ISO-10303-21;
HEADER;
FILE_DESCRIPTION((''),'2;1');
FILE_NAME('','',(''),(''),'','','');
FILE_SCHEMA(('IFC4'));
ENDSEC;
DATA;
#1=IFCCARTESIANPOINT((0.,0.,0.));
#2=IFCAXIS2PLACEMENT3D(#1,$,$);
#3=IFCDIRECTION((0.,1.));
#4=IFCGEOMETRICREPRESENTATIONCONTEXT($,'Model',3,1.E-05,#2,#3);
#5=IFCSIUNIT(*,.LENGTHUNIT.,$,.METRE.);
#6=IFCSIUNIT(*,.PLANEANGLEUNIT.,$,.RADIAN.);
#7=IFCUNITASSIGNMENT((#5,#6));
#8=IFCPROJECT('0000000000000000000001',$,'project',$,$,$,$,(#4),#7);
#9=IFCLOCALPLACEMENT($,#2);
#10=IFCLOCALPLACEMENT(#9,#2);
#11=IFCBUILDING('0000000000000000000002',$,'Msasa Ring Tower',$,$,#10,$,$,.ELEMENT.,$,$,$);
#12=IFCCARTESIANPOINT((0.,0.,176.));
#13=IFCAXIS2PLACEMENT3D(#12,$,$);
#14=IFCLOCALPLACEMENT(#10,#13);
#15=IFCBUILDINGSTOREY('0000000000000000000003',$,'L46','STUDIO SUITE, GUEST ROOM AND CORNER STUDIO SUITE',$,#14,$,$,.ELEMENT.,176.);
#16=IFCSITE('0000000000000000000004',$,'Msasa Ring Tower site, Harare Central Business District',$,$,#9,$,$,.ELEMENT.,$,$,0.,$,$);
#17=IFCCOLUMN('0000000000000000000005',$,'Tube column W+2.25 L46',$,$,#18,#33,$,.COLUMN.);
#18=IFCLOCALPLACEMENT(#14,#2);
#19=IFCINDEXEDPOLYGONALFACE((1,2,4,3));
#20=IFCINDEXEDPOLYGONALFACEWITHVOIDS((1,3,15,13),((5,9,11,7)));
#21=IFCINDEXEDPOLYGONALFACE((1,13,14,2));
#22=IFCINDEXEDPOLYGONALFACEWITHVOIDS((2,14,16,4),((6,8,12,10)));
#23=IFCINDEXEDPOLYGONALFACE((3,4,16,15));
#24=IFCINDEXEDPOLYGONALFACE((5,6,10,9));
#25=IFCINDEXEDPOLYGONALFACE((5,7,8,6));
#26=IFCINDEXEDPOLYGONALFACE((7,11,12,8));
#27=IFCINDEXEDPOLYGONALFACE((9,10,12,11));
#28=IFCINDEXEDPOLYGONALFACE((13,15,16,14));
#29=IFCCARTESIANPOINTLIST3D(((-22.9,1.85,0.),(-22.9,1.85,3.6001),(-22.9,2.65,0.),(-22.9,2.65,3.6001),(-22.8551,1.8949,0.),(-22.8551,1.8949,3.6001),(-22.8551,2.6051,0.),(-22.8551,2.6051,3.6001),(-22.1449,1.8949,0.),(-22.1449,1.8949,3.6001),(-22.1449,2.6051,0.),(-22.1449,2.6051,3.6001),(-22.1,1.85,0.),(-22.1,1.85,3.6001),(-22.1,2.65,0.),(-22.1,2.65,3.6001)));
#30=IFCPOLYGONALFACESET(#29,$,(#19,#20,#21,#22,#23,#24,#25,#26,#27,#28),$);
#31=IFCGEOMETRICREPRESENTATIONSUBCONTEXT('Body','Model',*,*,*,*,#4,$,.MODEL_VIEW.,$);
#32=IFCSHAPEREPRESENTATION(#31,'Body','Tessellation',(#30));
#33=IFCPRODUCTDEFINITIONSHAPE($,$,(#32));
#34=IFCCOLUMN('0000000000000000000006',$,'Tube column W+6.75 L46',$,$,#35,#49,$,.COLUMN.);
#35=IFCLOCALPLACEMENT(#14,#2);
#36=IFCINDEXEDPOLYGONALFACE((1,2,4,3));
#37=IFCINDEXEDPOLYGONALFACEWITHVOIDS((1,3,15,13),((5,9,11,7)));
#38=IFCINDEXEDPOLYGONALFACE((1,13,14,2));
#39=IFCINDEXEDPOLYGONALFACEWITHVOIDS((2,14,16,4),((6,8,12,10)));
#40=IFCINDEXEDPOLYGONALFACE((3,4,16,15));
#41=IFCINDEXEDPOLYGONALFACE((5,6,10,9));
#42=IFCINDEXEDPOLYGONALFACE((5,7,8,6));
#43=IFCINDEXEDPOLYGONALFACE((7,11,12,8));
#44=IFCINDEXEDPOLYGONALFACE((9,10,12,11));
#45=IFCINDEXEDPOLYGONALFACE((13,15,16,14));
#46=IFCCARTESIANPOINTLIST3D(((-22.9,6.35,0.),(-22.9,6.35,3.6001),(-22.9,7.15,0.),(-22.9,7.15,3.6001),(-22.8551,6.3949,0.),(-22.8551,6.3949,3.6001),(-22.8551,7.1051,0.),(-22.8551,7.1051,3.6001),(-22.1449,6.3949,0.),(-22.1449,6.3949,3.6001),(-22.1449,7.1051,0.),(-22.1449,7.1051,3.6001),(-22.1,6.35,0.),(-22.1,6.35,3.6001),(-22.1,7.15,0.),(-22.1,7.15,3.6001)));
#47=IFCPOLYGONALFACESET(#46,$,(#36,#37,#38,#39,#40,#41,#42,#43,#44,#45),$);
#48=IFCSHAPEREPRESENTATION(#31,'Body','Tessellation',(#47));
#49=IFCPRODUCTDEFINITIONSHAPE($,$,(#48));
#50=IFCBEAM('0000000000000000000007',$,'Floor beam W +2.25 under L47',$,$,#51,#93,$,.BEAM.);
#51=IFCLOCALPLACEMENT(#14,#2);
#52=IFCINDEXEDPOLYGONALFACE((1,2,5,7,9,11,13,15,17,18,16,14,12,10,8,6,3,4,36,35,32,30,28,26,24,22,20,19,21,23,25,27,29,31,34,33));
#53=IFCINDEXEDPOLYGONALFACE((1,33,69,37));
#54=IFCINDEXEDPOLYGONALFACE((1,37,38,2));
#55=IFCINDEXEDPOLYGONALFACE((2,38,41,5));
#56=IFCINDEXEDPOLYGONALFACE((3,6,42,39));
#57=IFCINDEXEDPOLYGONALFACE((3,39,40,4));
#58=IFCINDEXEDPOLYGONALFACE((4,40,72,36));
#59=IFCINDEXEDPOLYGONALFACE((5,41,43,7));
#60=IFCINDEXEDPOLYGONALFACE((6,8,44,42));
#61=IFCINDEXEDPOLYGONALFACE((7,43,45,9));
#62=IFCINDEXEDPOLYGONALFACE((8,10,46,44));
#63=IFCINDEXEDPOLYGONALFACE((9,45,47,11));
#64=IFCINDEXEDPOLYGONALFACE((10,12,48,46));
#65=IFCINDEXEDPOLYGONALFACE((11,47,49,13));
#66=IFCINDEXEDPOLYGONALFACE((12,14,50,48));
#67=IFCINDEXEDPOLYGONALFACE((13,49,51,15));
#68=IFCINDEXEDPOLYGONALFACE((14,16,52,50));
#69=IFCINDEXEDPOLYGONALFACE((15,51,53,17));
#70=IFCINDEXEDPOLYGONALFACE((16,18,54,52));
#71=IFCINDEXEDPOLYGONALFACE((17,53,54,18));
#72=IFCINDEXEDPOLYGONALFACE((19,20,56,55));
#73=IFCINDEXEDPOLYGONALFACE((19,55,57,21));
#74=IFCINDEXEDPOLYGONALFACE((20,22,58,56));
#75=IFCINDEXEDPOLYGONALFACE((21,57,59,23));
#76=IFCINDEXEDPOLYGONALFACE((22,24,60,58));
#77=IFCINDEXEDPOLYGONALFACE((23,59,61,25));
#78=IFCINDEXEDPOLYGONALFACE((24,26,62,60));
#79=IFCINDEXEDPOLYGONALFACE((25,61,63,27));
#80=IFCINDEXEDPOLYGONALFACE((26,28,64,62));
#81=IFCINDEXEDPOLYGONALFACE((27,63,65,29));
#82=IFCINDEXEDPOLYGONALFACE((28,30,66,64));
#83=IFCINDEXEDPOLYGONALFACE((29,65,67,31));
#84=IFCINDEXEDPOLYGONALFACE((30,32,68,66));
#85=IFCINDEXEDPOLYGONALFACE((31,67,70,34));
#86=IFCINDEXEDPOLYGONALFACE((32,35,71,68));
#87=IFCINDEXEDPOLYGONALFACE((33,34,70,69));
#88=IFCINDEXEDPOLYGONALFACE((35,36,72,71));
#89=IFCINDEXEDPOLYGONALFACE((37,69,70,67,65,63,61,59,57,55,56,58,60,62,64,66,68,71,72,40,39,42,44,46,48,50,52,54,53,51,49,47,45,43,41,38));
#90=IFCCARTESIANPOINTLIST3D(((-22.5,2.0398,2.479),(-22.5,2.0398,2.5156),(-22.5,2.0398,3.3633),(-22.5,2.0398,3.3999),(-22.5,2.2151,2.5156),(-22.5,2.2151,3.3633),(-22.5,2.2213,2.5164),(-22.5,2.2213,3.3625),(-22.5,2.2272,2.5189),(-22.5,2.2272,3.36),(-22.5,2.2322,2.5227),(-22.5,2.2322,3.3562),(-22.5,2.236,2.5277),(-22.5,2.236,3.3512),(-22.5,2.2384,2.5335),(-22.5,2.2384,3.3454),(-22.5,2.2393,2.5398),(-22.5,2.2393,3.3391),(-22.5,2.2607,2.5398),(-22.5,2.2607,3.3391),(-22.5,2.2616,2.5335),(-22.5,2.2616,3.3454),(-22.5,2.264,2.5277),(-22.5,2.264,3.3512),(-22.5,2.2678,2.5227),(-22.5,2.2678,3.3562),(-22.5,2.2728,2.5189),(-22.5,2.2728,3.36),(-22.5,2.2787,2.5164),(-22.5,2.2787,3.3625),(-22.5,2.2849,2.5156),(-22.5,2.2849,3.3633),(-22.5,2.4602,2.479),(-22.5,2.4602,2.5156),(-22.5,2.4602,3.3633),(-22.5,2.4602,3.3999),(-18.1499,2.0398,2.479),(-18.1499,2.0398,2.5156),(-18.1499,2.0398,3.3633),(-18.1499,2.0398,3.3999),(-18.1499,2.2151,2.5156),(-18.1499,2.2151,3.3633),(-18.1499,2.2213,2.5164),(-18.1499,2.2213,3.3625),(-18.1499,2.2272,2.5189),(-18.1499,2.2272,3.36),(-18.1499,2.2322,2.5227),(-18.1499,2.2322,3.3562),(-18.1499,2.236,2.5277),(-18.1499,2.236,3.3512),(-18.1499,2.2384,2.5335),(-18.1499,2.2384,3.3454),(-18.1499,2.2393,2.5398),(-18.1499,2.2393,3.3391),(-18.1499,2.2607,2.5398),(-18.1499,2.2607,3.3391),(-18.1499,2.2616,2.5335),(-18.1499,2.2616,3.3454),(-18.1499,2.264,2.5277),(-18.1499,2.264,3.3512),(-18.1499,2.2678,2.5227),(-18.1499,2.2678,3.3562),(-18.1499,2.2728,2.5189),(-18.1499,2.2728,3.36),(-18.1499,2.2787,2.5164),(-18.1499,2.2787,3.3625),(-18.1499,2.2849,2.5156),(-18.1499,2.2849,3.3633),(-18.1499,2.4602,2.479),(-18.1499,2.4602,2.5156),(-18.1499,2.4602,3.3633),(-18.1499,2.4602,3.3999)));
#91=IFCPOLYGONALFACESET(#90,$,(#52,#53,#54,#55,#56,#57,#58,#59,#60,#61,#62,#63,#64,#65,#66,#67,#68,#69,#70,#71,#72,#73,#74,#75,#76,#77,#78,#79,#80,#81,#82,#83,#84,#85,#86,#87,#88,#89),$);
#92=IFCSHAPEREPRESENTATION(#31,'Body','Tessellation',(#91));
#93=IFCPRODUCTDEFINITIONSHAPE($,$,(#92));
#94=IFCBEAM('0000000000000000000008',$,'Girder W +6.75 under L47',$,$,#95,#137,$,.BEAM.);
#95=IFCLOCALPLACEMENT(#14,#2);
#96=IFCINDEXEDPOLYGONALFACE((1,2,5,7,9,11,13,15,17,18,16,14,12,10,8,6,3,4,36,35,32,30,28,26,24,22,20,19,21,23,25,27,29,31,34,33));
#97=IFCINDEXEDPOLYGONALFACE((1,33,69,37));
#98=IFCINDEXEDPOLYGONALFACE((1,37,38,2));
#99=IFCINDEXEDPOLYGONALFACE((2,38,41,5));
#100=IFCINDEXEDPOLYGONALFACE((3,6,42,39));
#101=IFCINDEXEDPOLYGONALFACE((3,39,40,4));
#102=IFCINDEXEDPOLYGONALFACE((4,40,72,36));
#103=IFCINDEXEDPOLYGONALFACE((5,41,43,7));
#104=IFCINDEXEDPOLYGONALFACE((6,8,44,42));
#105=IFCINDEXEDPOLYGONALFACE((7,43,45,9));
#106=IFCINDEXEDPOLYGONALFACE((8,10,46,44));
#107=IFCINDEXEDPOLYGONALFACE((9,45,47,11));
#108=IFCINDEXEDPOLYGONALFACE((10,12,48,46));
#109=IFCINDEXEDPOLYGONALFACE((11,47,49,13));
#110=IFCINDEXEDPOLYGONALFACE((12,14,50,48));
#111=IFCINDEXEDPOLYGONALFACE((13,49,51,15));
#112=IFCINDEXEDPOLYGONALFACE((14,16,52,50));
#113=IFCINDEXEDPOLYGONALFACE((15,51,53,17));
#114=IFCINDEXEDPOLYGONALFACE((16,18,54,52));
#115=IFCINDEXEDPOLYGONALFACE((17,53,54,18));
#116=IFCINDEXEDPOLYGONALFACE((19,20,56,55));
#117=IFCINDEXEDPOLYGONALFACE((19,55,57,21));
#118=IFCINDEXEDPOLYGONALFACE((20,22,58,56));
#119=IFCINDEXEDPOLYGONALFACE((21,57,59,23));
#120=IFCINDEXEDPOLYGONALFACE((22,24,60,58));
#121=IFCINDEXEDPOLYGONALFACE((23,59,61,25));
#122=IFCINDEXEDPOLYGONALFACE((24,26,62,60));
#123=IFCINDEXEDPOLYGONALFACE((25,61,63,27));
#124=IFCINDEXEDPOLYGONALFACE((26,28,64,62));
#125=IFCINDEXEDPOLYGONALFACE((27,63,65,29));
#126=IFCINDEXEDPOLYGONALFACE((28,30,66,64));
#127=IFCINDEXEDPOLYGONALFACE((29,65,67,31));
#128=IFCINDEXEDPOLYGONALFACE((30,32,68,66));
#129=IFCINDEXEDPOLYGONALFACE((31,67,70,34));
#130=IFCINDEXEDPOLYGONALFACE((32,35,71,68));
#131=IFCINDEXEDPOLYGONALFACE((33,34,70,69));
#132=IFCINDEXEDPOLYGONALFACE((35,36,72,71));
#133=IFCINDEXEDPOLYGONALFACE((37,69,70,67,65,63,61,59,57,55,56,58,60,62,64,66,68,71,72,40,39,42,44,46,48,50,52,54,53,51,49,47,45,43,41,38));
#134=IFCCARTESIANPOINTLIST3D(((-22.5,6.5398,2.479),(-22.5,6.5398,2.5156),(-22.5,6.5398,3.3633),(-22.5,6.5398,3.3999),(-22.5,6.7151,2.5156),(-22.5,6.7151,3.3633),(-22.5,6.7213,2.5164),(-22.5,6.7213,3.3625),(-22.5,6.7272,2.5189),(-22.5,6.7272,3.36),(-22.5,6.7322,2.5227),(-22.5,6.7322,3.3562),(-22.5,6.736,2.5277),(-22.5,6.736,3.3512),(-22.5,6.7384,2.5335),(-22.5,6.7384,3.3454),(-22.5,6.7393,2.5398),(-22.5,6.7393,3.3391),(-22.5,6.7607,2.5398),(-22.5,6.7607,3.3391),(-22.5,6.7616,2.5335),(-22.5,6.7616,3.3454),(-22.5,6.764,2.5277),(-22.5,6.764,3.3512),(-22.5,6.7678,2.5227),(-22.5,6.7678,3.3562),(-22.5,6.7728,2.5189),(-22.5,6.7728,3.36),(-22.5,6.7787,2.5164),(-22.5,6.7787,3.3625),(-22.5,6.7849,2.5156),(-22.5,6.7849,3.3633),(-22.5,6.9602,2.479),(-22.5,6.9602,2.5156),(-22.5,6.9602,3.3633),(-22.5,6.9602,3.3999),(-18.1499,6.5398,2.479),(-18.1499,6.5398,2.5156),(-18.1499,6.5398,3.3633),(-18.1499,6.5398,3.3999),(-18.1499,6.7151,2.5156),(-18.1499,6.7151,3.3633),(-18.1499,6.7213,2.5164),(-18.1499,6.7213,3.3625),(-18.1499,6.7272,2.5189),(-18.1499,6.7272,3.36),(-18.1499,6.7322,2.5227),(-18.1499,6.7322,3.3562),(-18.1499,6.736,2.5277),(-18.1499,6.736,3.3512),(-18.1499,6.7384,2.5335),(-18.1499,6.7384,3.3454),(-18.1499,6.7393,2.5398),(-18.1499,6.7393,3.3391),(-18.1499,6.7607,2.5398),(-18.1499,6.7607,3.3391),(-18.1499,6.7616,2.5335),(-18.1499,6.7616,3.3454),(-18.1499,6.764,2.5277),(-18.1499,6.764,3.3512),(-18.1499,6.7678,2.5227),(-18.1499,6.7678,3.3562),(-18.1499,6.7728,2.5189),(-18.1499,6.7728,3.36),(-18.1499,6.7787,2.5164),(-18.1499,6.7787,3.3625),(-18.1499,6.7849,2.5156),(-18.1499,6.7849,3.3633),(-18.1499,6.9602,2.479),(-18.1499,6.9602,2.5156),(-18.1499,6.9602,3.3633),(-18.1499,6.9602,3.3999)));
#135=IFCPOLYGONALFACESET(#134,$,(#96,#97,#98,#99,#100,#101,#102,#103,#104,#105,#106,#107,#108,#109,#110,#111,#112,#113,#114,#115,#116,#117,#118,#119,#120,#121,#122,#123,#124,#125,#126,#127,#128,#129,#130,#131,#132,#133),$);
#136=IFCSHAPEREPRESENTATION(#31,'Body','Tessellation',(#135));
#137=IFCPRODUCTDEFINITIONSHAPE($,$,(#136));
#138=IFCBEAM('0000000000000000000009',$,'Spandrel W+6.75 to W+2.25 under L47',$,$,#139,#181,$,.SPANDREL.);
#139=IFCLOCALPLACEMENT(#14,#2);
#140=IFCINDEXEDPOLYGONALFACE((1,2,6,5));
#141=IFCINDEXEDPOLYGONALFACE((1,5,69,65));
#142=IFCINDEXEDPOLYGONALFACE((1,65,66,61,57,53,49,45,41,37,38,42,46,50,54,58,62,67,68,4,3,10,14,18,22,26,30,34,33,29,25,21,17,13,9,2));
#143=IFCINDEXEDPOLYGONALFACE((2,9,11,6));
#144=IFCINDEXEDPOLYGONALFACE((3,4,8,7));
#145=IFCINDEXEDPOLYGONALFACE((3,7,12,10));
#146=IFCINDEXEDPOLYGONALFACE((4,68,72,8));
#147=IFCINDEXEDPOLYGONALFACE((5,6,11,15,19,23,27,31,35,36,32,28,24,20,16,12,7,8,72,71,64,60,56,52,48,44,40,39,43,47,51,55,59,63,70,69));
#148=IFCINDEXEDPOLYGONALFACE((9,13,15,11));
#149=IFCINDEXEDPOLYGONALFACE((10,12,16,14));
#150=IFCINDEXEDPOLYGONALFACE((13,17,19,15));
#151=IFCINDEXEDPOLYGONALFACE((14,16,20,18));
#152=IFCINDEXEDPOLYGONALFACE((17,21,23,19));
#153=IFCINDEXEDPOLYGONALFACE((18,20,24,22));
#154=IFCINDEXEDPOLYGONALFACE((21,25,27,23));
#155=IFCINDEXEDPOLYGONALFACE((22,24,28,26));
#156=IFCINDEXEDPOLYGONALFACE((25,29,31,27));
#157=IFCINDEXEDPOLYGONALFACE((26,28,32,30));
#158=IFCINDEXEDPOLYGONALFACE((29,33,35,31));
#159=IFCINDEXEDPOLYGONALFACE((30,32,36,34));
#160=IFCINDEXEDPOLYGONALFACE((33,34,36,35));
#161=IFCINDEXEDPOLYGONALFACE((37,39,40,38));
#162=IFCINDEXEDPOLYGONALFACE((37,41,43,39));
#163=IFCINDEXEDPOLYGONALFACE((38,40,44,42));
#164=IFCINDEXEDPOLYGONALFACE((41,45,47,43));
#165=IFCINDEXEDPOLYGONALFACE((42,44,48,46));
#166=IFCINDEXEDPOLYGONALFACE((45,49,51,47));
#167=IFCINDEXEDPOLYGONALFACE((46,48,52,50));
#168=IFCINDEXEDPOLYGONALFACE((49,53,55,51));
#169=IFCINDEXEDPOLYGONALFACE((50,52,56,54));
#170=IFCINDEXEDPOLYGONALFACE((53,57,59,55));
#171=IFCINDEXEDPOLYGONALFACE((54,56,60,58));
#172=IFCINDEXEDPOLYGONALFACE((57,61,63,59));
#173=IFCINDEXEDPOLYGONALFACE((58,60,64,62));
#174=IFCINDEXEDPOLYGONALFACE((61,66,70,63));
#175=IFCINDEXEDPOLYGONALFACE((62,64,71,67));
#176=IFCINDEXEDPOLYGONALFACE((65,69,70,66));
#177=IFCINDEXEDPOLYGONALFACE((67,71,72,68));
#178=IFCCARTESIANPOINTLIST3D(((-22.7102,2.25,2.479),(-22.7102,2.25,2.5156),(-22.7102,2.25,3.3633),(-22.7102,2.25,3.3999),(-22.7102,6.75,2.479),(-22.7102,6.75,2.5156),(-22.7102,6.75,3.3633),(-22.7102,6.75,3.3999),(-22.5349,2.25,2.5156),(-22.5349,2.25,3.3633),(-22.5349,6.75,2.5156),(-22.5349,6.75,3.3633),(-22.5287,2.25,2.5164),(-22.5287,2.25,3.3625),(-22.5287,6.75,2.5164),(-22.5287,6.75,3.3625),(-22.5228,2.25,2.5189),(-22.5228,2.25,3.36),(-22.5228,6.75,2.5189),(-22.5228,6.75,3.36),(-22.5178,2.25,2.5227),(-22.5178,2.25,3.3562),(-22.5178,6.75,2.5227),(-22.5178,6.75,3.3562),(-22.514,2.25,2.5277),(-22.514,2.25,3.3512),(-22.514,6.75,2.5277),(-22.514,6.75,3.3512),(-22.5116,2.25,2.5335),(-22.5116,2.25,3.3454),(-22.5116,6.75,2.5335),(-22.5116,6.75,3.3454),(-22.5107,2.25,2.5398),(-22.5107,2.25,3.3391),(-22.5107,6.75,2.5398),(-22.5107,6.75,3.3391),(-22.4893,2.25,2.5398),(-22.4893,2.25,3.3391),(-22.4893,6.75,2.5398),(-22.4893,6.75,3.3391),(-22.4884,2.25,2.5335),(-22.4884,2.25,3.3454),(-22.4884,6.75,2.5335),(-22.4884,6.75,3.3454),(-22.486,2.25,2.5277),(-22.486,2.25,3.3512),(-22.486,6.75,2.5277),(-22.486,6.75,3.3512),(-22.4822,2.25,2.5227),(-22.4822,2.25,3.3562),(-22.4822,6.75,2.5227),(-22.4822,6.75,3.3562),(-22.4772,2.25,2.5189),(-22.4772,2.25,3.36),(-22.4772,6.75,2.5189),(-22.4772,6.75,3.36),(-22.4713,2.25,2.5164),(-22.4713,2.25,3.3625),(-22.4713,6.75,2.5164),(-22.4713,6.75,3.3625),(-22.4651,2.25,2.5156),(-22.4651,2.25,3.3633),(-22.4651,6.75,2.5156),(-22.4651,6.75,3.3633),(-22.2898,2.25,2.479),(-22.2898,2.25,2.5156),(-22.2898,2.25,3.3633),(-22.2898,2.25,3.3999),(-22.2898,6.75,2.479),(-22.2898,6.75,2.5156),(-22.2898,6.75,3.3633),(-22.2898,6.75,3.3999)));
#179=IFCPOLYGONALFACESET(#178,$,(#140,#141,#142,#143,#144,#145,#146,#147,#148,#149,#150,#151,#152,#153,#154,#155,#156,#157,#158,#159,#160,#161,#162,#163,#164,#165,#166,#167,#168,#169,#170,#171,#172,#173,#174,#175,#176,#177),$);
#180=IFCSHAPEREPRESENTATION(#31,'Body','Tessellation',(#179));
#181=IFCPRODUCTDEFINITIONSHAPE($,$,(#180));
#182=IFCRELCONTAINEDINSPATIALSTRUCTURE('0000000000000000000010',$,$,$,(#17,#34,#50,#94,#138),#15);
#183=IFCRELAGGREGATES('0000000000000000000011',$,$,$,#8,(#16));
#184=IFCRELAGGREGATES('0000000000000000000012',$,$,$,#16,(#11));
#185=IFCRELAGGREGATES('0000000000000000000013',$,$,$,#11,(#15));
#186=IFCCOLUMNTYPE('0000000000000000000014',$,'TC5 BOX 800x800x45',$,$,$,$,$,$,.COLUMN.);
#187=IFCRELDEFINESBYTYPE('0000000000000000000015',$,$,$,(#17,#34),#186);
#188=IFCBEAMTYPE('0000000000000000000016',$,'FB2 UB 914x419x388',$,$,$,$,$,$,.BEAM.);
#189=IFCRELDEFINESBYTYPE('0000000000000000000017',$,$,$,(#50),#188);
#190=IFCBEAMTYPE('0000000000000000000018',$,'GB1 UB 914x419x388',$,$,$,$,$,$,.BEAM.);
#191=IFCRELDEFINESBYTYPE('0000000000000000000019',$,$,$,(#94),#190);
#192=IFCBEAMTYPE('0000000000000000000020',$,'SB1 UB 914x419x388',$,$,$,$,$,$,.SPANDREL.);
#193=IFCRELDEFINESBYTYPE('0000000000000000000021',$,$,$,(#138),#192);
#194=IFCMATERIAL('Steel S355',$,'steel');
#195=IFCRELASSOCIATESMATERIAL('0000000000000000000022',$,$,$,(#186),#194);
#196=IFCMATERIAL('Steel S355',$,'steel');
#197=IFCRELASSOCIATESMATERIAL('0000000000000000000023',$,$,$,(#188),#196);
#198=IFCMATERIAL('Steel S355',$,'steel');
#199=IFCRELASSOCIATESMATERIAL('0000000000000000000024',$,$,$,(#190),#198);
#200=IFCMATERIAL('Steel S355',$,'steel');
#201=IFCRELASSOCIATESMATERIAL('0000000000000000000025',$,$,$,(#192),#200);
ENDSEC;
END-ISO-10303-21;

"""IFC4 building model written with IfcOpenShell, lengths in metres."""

from ifc_helpers import new_model, si_unit, direction, frame, origin, origin_2d, place, context, subcontext, project, spatial, hollow_rectangle, i_section, extrude, material, material_profile, profile_set, type_object, element, save


model = new_model("IFC4")

# Units and contexts
model_context = context("Model", 3, precision=1e-05, world=origin(), true_north=direction((0.0, 1.0)))
body_context = subcontext(model_context, "Body", "Model", "MODEL_VIEW")
ifc_project = project(units=[si_unit("LENGTHUNIT", "METRE"), si_unit("PLANEANGLEUNIT", "RADIAN")], contexts=[model_context])

# Site, building, storey
site_placement = place(None, origin())
site = spatial("IfcSite", under=ifc_project, at=site_placement, Name="Msasa Ring Tower site, Harare Central Business District", CompositionType="ELEMENT", RefElevation=0.0)
building_placement = place(site_placement, origin())
building = spatial("IfcBuilding", under=site, at=building_placement, Name="Msasa Ring Tower", CompositionType="ELEMENT")
storey_placement = place(building_placement, frame((0.0, 0.0, 176.0)))
storey = spatial("IfcBuildingStorey", under=building, at=storey_placement, Name="L46", Description="STUDIO SUITE, GUEST ROOM AND CORNER STUDIO SUITE", CompositionType="ELEMENT", Elevation=176.0)

# Columns
ifc_material_1 = material(Name="Steel S355", Category="steel")
ifc_material_profile_1 = material_profile(ifc_material_1, hollow_rectangle(XDim=0.8, YDim=0.8, WallThickness=0.0449, at=origin_2d()), Name="BOX 800x800x45")
ifc_profile_set_1 = profile_set([ifc_material_profile_1], Name="Steel S355")
column_type = type_object("IfcColumnType", Name="TC5 BOX 800x800x45", PredefinedType="COLUMN", material=ifc_profile_set_1)
for number, where, z_axis, x_axis, name in (
    (1, (-22.5, 2.25, 0.0), (0.0, 0.0, 1.0), (1.0, 0.0, 0.0), "Tube column W+2.25 L46"),
    (2, (-22.5, 6.75, 0.0), (0.0, 0.0, 1.0), (1.0, 0.0, 0.0), "Tube column W+6.75 L46"),
):
    element("IfcColumn", number, at=place(storey_placement, frame(where, z_axis=z_axis, x_axis=x_axis)), inside=storey, type_object=column_type, Name=name, PredefinedType="COLUMN", context=body_context, shape_type="SweptSolid", body=[
        extrude(hollow_rectangle(XDim=0.8, YDim=0.8, WallThickness=0.0449, at=origin_2d()), origin(), (0.0, 0.0, 1.0), 3.6001),
    ])

# Beams
ifc_material_2 = material(Name="Steel S355", Category="steel")
ifc_material_profile_2 = material_profile(ifc_material_2, i_section(OverallWidth=0.4204, OverallDepth=0.9209, WebThickness=0.0215, FlangeThickness=0.0366, FilletRadius=0.0242, at=origin_2d()), Name="UB 914x419x388")
ifc_profile_set_2 = profile_set([ifc_material_profile_2], Name="Steel S355")
beam_type_1 = type_object("IfcBeamType", Name="FB2 UB 914x419x388", PredefinedType="BEAM", material=ifc_profile_set_2)
beam_1_placement = place(storey_placement, frame((-22.5, 2.25, 2.9395), z_axis=(1.0, 0.0, 0.0), x_axis=(0.0, 1.0, 0.0)))
element("IfcBeam", 3, at=beam_1_placement, inside=storey, type_object=beam_type_1, Name="Floor beam W +2.25 under L47", PredefinedType="BEAM", context=body_context, shape_type="SweptSolid", body=[
    extrude(i_section(OverallWidth=0.4204, OverallDepth=0.9209, WebThickness=0.0215, FlangeThickness=0.0366, FilletRadius=0.0242, at=origin_2d()), origin(), (0.0, 0.0, 1.0), 4.3501),
])
ifc_material_3 = material(Name="Steel S355", Category="steel")
ifc_material_profile_3 = material_profile(ifc_material_3, i_section(OverallWidth=0.4204, OverallDepth=0.9209, WebThickness=0.0215, FlangeThickness=0.0366, FilletRadius=0.0242, at=origin_2d()), Name="UB 914x419x388")
ifc_profile_set_3 = profile_set([ifc_material_profile_3], Name="Steel S355")
beam_type_2 = type_object("IfcBeamType", Name="GB1 UB 914x419x388", PredefinedType="BEAM", material=ifc_profile_set_3)
beam_2_placement = place(storey_placement, frame((-18.1499, 6.75, 2.9395), z_axis=(-1.0, 0.0, 0.0), x_axis=(0.0, -1.0, 0.0)))
element("IfcBeam", 4, at=beam_2_placement, inside=storey, type_object=beam_type_2, Name="Girder W +6.75 under L47", PredefinedType="BEAM", context=body_context, shape_type="SweptSolid", body=[
    extrude(i_section(OverallWidth=0.4204, OverallDepth=0.9209, WebThickness=0.0215, FlangeThickness=0.0366, FilletRadius=0.0242, at=origin_2d()), origin(), (0.0, 0.0, 1.0), 4.3501),
])
ifc_material_4 = material(Name="Steel S355", Category="steel")
ifc_material_profile_4 = material_profile(ifc_material_4, i_section(OverallWidth=0.4204, OverallDepth=0.9209, WebThickness=0.0215, FlangeThickness=0.0366, FilletRadius=0.0242, at=origin_2d()), Name="UB 914x419x388")
ifc_profile_set_4 = profile_set([ifc_material_profile_4], Name="Steel S355")
beam_type_3 = type_object("IfcBeamType", Name="SB1 UB 914x419x388", PredefinedType="SPANDREL", material=ifc_profile_set_4)
for number, where, z_axis, x_axis, name in (
    (5, (-22.5, 6.75, 2.9395), (0.0, -1.0, 0.0), (1.0, 0.0, 0.0), "Spandrel W+6.75 to W+2.25 under L47"),
):
    element("IfcBeam", number, at=place(storey_placement, frame(where, z_axis=z_axis, x_axis=x_axis)), inside=storey, type_object=beam_type_3, Name=name, PredefinedType="SPANDREL", context=body_context, shape_type="SweptSolid", body=[
        extrude(i_section(OverallWidth=0.4204, OverallDepth=0.9209, WebThickness=0.0215, FlangeThickness=0.0366, FilletRadius=0.0242, at=origin_2d()), origin(), (0.0, 0.0, 1.0), 4.5),
    ])

save(model, "model.ifc")
